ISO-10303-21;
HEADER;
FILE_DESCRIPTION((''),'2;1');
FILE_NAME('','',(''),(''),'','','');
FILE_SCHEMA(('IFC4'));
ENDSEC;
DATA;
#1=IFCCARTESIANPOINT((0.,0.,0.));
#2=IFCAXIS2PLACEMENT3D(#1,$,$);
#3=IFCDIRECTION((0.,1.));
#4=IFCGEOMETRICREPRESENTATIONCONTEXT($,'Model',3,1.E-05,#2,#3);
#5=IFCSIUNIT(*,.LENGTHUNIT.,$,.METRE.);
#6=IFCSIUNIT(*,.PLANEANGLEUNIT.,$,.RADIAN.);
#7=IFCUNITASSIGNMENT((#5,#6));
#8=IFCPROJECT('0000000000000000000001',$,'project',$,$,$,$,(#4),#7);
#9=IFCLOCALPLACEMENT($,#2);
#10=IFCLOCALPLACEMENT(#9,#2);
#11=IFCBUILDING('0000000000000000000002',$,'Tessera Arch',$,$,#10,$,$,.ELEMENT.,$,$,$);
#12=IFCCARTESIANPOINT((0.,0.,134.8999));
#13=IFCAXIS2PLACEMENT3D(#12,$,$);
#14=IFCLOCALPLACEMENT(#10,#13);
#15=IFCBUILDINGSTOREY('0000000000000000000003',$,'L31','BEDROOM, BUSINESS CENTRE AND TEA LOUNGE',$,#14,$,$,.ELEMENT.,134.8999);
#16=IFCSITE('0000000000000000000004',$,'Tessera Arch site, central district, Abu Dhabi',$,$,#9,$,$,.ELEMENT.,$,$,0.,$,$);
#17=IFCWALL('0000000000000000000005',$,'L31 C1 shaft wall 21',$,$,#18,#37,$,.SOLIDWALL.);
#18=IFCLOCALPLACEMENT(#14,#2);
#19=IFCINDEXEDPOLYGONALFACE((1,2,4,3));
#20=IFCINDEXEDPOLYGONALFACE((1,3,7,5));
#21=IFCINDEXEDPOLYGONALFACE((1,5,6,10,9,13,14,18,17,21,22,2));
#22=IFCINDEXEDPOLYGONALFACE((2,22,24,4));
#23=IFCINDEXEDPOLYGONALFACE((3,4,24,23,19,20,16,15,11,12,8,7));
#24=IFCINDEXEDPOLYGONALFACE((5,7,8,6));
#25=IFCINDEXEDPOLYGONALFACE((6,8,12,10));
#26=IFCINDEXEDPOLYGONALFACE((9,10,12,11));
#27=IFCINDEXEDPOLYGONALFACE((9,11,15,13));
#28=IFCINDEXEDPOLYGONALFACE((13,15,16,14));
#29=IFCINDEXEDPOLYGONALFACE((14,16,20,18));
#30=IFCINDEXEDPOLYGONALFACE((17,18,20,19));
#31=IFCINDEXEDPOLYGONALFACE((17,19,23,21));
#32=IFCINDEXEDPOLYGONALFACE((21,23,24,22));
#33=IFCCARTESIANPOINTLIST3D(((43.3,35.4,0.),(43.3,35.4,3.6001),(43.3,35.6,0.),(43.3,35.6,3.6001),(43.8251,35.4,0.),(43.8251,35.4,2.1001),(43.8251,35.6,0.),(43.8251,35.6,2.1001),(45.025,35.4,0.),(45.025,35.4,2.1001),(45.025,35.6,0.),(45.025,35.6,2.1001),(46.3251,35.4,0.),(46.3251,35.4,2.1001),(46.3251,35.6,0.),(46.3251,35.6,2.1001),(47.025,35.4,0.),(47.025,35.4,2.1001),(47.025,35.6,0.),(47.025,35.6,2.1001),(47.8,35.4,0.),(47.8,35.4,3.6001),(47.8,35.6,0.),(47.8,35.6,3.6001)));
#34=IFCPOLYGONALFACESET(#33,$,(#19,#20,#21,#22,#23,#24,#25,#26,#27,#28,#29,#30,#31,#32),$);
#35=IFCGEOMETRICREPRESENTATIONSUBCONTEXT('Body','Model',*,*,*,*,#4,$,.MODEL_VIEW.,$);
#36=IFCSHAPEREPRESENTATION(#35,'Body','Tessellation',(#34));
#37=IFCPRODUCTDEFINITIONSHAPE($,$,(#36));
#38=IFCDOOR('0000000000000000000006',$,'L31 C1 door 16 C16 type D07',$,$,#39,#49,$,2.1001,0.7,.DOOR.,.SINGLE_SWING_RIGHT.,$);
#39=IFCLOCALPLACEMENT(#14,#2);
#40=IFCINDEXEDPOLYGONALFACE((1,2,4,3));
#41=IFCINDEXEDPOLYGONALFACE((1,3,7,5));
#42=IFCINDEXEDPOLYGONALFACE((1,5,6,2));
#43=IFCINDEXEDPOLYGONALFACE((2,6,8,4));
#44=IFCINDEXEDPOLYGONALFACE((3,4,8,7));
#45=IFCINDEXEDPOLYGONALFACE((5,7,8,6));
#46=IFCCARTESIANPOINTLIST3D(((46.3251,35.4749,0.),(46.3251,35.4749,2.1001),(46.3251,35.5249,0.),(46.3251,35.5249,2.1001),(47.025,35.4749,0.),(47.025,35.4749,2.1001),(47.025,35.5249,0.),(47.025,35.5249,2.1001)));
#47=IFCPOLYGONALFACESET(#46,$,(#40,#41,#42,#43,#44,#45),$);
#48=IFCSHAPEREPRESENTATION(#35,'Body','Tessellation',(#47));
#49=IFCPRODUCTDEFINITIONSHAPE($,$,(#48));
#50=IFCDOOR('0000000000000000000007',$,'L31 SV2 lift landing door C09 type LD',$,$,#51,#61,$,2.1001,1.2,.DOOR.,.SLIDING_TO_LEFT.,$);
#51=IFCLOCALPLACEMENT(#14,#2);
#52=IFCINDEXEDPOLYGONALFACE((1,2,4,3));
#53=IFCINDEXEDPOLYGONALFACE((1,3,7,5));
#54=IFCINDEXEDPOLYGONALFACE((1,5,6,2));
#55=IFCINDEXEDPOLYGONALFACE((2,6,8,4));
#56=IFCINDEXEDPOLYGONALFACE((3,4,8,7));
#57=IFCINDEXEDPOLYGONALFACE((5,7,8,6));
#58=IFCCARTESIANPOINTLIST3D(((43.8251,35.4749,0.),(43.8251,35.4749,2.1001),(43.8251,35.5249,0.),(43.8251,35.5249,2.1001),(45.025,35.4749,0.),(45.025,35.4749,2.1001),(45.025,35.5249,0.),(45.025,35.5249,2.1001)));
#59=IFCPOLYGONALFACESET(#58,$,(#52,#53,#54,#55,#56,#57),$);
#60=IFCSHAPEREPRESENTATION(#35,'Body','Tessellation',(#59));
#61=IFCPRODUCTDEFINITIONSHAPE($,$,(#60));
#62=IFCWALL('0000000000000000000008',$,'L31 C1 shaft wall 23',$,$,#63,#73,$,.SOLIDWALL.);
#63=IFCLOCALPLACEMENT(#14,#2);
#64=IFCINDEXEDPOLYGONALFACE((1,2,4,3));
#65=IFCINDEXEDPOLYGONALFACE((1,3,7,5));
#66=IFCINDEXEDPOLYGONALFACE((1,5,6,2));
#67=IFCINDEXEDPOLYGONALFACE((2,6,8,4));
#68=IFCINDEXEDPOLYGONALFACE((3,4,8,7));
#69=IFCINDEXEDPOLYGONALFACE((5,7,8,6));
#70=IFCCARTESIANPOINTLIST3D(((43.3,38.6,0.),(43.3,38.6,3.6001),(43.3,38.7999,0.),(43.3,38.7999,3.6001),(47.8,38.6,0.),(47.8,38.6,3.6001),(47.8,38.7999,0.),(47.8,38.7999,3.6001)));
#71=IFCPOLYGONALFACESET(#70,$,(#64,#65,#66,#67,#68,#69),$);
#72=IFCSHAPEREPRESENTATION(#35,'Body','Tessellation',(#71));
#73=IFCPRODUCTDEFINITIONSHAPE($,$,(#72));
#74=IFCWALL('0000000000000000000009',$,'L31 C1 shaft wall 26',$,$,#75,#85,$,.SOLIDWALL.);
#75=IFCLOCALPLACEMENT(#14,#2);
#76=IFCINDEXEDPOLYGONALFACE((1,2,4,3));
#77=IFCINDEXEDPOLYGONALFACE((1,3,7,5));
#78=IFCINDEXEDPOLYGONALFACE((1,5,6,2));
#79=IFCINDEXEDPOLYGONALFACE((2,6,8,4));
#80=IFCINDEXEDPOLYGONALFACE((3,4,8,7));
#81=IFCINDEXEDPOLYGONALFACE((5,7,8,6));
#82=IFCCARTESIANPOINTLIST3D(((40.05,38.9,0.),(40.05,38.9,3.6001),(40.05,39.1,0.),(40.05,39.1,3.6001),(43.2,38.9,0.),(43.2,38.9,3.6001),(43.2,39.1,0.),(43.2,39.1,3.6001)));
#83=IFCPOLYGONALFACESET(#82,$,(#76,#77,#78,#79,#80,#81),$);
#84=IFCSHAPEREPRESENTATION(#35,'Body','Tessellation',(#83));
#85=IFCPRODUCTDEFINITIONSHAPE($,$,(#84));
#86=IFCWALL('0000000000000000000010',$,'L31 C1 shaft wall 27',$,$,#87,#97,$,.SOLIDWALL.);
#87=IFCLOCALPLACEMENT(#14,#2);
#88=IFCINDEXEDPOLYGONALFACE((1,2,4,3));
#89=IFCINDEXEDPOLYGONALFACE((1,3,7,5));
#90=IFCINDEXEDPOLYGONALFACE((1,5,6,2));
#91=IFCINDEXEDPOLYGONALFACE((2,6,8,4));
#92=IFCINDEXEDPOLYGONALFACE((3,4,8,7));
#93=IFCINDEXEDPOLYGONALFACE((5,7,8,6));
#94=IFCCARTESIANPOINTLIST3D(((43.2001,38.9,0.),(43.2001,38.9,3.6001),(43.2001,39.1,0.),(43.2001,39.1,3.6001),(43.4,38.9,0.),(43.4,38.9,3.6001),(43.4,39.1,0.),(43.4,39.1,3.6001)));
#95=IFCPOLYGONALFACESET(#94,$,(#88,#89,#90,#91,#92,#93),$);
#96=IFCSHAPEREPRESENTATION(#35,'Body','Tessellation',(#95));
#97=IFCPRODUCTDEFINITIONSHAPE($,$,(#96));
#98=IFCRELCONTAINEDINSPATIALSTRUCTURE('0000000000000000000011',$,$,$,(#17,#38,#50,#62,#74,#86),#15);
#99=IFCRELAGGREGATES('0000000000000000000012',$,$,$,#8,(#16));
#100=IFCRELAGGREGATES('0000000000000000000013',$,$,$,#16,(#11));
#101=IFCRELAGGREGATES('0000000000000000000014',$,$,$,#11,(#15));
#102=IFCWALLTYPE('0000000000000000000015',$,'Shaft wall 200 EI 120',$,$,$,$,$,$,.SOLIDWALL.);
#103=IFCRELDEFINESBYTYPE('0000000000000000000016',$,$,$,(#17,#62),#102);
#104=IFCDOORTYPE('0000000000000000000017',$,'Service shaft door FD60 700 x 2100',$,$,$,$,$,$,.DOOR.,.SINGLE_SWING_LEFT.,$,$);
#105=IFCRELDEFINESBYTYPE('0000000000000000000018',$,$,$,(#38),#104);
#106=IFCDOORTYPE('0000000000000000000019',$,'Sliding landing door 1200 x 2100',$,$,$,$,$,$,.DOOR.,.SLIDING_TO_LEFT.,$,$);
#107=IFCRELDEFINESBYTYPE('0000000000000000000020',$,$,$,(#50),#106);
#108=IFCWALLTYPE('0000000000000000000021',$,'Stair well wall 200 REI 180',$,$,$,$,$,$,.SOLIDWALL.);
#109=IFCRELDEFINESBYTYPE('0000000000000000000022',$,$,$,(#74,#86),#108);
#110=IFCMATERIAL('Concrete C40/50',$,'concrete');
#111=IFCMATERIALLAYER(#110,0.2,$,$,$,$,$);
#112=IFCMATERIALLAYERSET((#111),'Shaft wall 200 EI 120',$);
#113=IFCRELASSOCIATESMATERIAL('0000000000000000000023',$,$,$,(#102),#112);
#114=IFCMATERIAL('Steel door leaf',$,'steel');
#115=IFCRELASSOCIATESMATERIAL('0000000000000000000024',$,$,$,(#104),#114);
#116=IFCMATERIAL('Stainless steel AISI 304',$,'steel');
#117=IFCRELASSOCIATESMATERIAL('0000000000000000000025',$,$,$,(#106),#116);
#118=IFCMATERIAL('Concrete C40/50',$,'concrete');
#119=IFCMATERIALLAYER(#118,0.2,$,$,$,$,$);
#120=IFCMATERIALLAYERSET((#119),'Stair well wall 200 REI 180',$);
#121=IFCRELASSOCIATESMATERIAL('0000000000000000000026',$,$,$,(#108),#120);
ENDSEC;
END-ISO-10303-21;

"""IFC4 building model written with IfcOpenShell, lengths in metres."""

from ifc_helpers import new_model, si_unit, direction, frame, frame_2d, origin, place, context, subcontext, project, spatial, rectangle, extrude, material, layer, layer_set, type_object, element, fill, save


model = new_model("IFC4")

# Units and contexts
model_context = context("Model", 3, precision=1e-05, world=origin(), true_north=direction((0.0, 1.0)))
body_context = subcontext(model_context, "Body", "Model", "MODEL_VIEW")
ifc_project = project(units=[si_unit("LENGTHUNIT", "METRE"), si_unit("PLANEANGLEUNIT", "RADIAN")], contexts=[model_context])

# Site, building, storey
site_placement = place(None, origin())
site = spatial("IfcSite", under=ifc_project, at=site_placement, Name="Tessera Arch site, central district, Abu Dhabi", CompositionType="ELEMENT", RefElevation=0.0)
building_placement = place(site_placement, origin())
building = spatial("IfcBuilding", under=site, at=building_placement, Name="Tessera Arch", CompositionType="ELEMENT")
storey_placement = place(building_placement, frame((0.0, 0.0, 134.8999)))
storey = spatial("IfcBuildingStorey", under=building, at=storey_placement, Name="L31", Description="BEDROOM, BUSINESS CENTRE AND TEA LOUNGE", CompositionType="ELEMENT", Elevation=134.8999)

# Shared definitions
ifc_material_1 = material(Name="Concrete C40/50", Category="concrete")
ifc_layer_1 = layer(ifc_material_1, 0.2)
ifc_layer_set_1 = layer_set([ifc_layer_1], Name="Shaft wall 200 EI 120")
wall_type_1 = type_object("IfcWallType", Name="Shaft wall 200 EI 120", PredefinedType="SOLIDWALL", material=ifc_layer_set_1)

# Wall, openings, doors
wall_1_placement = place(storey_placement, frame((43.3, 35.5, 0.0), z_axis=(0.0, 0.0, 1.0), x_axis=(1.0, 0.0, 0.0)))
wall_1 = element("IfcWall", 1, at=wall_1_placement, inside=storey, type_object=wall_type_1, Name="L31 C1 shaft wall 21", PredefinedType="SOLIDWALL", context=body_context, shape_type="SweptSolid", body=[
    extrude(rectangle(XDim=4.5, YDim=0.2, at=frame_2d((2.25, 0.0))), origin(), (0.0, 0.0, 1.0), 3.6001),
])
opening_1_placement = place(wall_1_placement, frame((0.5249, 0.0, 0.0)))
opening_1 = element("IfcOpeningElement", 2, at=opening_1_placement, cuts=wall_1, PredefinedType="OPENING", context=body_context, shape_type="SweptSolid", body=[
    extrude(rectangle(XDim=1.2, YDim=2.1001, at=frame_2d((0.6001, 1.05))), frame((0.0, 0.1099, 0.0), z_axis=(0.0, -1.0, 0.0), x_axis=(1.0, 0.0, 0.0)), (0.0, 0.0, 1.0), 0.22),
])
opening_2_placement = place(wall_1_placement, frame((3.0249, 0.0, 0.0)))
opening_2 = element("IfcOpeningElement", 3, at=opening_2_placement, cuts=wall_1, PredefinedType="OPENING", context=body_context, shape_type="SweptSolid", body=[
    extrude(rectangle(XDim=0.7, YDim=2.1001, at=frame_2d((0.3501, 1.05))), frame((0.0, 0.1099, 0.0), z_axis=(0.0, -1.0, 0.0), x_axis=(1.0, 0.0, 0.0)), (0.0, 0.0, 1.0), 0.22),
])
ifc_material_2 = material(Name="Steel door leaf", Category="steel")
door_type_1 = type_object("IfcDoorType", Name="Service shaft door FD60 700 x 2100", OperationType="SINGLE_SWING_LEFT", PredefinedType="DOOR", material=ifc_material_2)
door_1_placement = place(opening_2_placement, origin())
door_1 = element("IfcDoor", 4, at=door_1_placement, inside=storey, type_object=door_type_1, Name="L31 C1 door 16 C16 type D07", OperationType="SINGLE_SWING_RIGHT", OverallHeight=2.1001, OverallWidth=0.7, PredefinedType="DOOR", context=body_context, shape_type="SweptSolid", body=[
    extrude(rectangle(XDim=0.7, YDim=2.1001, at=frame_2d((0.3501, 1.05))), frame((0.0, 0.0249, 0.0), z_axis=(0.0, -1.0, 0.0), x_axis=(1.0, 0.0, 0.0)), (0.0, 0.0, 1.0), 0.05),
])
fill(opening_2, door_1)
ifc_material_3 = material(Name="Stainless steel AISI 304", Category="steel")
door_type_2 = type_object("IfcDoorType", Name="Sliding landing door 1200 x 2100", OperationType="SLIDING_TO_LEFT", PredefinedType="DOOR", material=ifc_material_3)
door_2_placement = place(opening_1_placement, origin())
door_2 = element("IfcDoor", 5, at=door_2_placement, inside=storey, type_object=door_type_2, Name="L31 SV2 lift landing door C09 type LD", OperationType="SLIDING_TO_LEFT", OverallHeight=2.1001, OverallWidth=1.2, PredefinedType="DOOR", context=body_context, shape_type="SweptSolid", body=[
    extrude(rectangle(XDim=1.2, YDim=2.1001, at=frame_2d((0.6001, 1.05))), frame((0.0, 0.0249, 0.0), z_axis=(0.0, -1.0, 0.0), x_axis=(1.0, 0.0, 0.0)), (0.0, 0.0, 1.0), 0.05),
])
fill(opening_1, door_2)

# Walls
wall_2_placement = place(storey_placement, frame((43.3, 38.7, 0.0), z_axis=(0.0, 0.0, 1.0), x_axis=(1.0, 0.0, 0.0)))
element("IfcWall", 6, at=wall_2_placement, inside=storey, type_object=wall_type_1, Name="L31 C1 shaft wall 23", PredefinedType="SOLIDWALL", context=body_context, shape_type="SweptSolid", body=[
    extrude(rectangle(XDim=4.5, YDim=0.2, at=frame_2d((2.25, 0.0))), origin(), (0.0, 0.0, 1.0), 3.6001),
])
ifc_material_4 = material(Name="Concrete C40/50", Category="concrete")
ifc_layer_2 = layer(ifc_material_4, 0.2)
ifc_layer_set_2 = layer_set([ifc_layer_2], Name="Stair well wall 200 REI 180")
wall_type_2 = type_object("IfcWallType", Name="Stair well wall 200 REI 180", PredefinedType="SOLIDWALL", material=ifc_layer_set_2)
wall_3_placement = place(storey_placement, frame((40.05, 39.0, 0.0), z_axis=(0.0, 0.0, 1.0), x_axis=(1.0, 0.0, 0.0)))
element("IfcWall", 7, at=wall_3_placement, inside=storey, type_object=wall_type_2, Name="L31 C1 shaft wall 26", PredefinedType="SOLIDWALL", context=body_context, shape_type="SweptSolid", body=[
    extrude(rectangle(XDim=3.1499, YDim=0.2, at=frame_2d((1.575, 0.0))), origin(), (0.0, 0.0, 1.0), 3.6001),
])
wall_4_placement = place(storey_placement, frame((43.2, 39.0, 0.0), z_axis=(0.0, 0.0, 1.0), x_axis=(1.0, 0.0, 0.0)))
element("IfcWall", 8, at=wall_4_placement, inside=storey, type_object=wall_type_2, Name="L31 C1 shaft wall 27", PredefinedType="SOLIDWALL", context=body_context, shape_type="SweptSolid", body=[
    extrude(rectangle(XDim=0.2, YDim=0.2, at=frame_2d((0.1001, 0.0))), origin(), (0.0, 0.0, 1.0), 3.6001),
])

save(model, "model.ifc")
